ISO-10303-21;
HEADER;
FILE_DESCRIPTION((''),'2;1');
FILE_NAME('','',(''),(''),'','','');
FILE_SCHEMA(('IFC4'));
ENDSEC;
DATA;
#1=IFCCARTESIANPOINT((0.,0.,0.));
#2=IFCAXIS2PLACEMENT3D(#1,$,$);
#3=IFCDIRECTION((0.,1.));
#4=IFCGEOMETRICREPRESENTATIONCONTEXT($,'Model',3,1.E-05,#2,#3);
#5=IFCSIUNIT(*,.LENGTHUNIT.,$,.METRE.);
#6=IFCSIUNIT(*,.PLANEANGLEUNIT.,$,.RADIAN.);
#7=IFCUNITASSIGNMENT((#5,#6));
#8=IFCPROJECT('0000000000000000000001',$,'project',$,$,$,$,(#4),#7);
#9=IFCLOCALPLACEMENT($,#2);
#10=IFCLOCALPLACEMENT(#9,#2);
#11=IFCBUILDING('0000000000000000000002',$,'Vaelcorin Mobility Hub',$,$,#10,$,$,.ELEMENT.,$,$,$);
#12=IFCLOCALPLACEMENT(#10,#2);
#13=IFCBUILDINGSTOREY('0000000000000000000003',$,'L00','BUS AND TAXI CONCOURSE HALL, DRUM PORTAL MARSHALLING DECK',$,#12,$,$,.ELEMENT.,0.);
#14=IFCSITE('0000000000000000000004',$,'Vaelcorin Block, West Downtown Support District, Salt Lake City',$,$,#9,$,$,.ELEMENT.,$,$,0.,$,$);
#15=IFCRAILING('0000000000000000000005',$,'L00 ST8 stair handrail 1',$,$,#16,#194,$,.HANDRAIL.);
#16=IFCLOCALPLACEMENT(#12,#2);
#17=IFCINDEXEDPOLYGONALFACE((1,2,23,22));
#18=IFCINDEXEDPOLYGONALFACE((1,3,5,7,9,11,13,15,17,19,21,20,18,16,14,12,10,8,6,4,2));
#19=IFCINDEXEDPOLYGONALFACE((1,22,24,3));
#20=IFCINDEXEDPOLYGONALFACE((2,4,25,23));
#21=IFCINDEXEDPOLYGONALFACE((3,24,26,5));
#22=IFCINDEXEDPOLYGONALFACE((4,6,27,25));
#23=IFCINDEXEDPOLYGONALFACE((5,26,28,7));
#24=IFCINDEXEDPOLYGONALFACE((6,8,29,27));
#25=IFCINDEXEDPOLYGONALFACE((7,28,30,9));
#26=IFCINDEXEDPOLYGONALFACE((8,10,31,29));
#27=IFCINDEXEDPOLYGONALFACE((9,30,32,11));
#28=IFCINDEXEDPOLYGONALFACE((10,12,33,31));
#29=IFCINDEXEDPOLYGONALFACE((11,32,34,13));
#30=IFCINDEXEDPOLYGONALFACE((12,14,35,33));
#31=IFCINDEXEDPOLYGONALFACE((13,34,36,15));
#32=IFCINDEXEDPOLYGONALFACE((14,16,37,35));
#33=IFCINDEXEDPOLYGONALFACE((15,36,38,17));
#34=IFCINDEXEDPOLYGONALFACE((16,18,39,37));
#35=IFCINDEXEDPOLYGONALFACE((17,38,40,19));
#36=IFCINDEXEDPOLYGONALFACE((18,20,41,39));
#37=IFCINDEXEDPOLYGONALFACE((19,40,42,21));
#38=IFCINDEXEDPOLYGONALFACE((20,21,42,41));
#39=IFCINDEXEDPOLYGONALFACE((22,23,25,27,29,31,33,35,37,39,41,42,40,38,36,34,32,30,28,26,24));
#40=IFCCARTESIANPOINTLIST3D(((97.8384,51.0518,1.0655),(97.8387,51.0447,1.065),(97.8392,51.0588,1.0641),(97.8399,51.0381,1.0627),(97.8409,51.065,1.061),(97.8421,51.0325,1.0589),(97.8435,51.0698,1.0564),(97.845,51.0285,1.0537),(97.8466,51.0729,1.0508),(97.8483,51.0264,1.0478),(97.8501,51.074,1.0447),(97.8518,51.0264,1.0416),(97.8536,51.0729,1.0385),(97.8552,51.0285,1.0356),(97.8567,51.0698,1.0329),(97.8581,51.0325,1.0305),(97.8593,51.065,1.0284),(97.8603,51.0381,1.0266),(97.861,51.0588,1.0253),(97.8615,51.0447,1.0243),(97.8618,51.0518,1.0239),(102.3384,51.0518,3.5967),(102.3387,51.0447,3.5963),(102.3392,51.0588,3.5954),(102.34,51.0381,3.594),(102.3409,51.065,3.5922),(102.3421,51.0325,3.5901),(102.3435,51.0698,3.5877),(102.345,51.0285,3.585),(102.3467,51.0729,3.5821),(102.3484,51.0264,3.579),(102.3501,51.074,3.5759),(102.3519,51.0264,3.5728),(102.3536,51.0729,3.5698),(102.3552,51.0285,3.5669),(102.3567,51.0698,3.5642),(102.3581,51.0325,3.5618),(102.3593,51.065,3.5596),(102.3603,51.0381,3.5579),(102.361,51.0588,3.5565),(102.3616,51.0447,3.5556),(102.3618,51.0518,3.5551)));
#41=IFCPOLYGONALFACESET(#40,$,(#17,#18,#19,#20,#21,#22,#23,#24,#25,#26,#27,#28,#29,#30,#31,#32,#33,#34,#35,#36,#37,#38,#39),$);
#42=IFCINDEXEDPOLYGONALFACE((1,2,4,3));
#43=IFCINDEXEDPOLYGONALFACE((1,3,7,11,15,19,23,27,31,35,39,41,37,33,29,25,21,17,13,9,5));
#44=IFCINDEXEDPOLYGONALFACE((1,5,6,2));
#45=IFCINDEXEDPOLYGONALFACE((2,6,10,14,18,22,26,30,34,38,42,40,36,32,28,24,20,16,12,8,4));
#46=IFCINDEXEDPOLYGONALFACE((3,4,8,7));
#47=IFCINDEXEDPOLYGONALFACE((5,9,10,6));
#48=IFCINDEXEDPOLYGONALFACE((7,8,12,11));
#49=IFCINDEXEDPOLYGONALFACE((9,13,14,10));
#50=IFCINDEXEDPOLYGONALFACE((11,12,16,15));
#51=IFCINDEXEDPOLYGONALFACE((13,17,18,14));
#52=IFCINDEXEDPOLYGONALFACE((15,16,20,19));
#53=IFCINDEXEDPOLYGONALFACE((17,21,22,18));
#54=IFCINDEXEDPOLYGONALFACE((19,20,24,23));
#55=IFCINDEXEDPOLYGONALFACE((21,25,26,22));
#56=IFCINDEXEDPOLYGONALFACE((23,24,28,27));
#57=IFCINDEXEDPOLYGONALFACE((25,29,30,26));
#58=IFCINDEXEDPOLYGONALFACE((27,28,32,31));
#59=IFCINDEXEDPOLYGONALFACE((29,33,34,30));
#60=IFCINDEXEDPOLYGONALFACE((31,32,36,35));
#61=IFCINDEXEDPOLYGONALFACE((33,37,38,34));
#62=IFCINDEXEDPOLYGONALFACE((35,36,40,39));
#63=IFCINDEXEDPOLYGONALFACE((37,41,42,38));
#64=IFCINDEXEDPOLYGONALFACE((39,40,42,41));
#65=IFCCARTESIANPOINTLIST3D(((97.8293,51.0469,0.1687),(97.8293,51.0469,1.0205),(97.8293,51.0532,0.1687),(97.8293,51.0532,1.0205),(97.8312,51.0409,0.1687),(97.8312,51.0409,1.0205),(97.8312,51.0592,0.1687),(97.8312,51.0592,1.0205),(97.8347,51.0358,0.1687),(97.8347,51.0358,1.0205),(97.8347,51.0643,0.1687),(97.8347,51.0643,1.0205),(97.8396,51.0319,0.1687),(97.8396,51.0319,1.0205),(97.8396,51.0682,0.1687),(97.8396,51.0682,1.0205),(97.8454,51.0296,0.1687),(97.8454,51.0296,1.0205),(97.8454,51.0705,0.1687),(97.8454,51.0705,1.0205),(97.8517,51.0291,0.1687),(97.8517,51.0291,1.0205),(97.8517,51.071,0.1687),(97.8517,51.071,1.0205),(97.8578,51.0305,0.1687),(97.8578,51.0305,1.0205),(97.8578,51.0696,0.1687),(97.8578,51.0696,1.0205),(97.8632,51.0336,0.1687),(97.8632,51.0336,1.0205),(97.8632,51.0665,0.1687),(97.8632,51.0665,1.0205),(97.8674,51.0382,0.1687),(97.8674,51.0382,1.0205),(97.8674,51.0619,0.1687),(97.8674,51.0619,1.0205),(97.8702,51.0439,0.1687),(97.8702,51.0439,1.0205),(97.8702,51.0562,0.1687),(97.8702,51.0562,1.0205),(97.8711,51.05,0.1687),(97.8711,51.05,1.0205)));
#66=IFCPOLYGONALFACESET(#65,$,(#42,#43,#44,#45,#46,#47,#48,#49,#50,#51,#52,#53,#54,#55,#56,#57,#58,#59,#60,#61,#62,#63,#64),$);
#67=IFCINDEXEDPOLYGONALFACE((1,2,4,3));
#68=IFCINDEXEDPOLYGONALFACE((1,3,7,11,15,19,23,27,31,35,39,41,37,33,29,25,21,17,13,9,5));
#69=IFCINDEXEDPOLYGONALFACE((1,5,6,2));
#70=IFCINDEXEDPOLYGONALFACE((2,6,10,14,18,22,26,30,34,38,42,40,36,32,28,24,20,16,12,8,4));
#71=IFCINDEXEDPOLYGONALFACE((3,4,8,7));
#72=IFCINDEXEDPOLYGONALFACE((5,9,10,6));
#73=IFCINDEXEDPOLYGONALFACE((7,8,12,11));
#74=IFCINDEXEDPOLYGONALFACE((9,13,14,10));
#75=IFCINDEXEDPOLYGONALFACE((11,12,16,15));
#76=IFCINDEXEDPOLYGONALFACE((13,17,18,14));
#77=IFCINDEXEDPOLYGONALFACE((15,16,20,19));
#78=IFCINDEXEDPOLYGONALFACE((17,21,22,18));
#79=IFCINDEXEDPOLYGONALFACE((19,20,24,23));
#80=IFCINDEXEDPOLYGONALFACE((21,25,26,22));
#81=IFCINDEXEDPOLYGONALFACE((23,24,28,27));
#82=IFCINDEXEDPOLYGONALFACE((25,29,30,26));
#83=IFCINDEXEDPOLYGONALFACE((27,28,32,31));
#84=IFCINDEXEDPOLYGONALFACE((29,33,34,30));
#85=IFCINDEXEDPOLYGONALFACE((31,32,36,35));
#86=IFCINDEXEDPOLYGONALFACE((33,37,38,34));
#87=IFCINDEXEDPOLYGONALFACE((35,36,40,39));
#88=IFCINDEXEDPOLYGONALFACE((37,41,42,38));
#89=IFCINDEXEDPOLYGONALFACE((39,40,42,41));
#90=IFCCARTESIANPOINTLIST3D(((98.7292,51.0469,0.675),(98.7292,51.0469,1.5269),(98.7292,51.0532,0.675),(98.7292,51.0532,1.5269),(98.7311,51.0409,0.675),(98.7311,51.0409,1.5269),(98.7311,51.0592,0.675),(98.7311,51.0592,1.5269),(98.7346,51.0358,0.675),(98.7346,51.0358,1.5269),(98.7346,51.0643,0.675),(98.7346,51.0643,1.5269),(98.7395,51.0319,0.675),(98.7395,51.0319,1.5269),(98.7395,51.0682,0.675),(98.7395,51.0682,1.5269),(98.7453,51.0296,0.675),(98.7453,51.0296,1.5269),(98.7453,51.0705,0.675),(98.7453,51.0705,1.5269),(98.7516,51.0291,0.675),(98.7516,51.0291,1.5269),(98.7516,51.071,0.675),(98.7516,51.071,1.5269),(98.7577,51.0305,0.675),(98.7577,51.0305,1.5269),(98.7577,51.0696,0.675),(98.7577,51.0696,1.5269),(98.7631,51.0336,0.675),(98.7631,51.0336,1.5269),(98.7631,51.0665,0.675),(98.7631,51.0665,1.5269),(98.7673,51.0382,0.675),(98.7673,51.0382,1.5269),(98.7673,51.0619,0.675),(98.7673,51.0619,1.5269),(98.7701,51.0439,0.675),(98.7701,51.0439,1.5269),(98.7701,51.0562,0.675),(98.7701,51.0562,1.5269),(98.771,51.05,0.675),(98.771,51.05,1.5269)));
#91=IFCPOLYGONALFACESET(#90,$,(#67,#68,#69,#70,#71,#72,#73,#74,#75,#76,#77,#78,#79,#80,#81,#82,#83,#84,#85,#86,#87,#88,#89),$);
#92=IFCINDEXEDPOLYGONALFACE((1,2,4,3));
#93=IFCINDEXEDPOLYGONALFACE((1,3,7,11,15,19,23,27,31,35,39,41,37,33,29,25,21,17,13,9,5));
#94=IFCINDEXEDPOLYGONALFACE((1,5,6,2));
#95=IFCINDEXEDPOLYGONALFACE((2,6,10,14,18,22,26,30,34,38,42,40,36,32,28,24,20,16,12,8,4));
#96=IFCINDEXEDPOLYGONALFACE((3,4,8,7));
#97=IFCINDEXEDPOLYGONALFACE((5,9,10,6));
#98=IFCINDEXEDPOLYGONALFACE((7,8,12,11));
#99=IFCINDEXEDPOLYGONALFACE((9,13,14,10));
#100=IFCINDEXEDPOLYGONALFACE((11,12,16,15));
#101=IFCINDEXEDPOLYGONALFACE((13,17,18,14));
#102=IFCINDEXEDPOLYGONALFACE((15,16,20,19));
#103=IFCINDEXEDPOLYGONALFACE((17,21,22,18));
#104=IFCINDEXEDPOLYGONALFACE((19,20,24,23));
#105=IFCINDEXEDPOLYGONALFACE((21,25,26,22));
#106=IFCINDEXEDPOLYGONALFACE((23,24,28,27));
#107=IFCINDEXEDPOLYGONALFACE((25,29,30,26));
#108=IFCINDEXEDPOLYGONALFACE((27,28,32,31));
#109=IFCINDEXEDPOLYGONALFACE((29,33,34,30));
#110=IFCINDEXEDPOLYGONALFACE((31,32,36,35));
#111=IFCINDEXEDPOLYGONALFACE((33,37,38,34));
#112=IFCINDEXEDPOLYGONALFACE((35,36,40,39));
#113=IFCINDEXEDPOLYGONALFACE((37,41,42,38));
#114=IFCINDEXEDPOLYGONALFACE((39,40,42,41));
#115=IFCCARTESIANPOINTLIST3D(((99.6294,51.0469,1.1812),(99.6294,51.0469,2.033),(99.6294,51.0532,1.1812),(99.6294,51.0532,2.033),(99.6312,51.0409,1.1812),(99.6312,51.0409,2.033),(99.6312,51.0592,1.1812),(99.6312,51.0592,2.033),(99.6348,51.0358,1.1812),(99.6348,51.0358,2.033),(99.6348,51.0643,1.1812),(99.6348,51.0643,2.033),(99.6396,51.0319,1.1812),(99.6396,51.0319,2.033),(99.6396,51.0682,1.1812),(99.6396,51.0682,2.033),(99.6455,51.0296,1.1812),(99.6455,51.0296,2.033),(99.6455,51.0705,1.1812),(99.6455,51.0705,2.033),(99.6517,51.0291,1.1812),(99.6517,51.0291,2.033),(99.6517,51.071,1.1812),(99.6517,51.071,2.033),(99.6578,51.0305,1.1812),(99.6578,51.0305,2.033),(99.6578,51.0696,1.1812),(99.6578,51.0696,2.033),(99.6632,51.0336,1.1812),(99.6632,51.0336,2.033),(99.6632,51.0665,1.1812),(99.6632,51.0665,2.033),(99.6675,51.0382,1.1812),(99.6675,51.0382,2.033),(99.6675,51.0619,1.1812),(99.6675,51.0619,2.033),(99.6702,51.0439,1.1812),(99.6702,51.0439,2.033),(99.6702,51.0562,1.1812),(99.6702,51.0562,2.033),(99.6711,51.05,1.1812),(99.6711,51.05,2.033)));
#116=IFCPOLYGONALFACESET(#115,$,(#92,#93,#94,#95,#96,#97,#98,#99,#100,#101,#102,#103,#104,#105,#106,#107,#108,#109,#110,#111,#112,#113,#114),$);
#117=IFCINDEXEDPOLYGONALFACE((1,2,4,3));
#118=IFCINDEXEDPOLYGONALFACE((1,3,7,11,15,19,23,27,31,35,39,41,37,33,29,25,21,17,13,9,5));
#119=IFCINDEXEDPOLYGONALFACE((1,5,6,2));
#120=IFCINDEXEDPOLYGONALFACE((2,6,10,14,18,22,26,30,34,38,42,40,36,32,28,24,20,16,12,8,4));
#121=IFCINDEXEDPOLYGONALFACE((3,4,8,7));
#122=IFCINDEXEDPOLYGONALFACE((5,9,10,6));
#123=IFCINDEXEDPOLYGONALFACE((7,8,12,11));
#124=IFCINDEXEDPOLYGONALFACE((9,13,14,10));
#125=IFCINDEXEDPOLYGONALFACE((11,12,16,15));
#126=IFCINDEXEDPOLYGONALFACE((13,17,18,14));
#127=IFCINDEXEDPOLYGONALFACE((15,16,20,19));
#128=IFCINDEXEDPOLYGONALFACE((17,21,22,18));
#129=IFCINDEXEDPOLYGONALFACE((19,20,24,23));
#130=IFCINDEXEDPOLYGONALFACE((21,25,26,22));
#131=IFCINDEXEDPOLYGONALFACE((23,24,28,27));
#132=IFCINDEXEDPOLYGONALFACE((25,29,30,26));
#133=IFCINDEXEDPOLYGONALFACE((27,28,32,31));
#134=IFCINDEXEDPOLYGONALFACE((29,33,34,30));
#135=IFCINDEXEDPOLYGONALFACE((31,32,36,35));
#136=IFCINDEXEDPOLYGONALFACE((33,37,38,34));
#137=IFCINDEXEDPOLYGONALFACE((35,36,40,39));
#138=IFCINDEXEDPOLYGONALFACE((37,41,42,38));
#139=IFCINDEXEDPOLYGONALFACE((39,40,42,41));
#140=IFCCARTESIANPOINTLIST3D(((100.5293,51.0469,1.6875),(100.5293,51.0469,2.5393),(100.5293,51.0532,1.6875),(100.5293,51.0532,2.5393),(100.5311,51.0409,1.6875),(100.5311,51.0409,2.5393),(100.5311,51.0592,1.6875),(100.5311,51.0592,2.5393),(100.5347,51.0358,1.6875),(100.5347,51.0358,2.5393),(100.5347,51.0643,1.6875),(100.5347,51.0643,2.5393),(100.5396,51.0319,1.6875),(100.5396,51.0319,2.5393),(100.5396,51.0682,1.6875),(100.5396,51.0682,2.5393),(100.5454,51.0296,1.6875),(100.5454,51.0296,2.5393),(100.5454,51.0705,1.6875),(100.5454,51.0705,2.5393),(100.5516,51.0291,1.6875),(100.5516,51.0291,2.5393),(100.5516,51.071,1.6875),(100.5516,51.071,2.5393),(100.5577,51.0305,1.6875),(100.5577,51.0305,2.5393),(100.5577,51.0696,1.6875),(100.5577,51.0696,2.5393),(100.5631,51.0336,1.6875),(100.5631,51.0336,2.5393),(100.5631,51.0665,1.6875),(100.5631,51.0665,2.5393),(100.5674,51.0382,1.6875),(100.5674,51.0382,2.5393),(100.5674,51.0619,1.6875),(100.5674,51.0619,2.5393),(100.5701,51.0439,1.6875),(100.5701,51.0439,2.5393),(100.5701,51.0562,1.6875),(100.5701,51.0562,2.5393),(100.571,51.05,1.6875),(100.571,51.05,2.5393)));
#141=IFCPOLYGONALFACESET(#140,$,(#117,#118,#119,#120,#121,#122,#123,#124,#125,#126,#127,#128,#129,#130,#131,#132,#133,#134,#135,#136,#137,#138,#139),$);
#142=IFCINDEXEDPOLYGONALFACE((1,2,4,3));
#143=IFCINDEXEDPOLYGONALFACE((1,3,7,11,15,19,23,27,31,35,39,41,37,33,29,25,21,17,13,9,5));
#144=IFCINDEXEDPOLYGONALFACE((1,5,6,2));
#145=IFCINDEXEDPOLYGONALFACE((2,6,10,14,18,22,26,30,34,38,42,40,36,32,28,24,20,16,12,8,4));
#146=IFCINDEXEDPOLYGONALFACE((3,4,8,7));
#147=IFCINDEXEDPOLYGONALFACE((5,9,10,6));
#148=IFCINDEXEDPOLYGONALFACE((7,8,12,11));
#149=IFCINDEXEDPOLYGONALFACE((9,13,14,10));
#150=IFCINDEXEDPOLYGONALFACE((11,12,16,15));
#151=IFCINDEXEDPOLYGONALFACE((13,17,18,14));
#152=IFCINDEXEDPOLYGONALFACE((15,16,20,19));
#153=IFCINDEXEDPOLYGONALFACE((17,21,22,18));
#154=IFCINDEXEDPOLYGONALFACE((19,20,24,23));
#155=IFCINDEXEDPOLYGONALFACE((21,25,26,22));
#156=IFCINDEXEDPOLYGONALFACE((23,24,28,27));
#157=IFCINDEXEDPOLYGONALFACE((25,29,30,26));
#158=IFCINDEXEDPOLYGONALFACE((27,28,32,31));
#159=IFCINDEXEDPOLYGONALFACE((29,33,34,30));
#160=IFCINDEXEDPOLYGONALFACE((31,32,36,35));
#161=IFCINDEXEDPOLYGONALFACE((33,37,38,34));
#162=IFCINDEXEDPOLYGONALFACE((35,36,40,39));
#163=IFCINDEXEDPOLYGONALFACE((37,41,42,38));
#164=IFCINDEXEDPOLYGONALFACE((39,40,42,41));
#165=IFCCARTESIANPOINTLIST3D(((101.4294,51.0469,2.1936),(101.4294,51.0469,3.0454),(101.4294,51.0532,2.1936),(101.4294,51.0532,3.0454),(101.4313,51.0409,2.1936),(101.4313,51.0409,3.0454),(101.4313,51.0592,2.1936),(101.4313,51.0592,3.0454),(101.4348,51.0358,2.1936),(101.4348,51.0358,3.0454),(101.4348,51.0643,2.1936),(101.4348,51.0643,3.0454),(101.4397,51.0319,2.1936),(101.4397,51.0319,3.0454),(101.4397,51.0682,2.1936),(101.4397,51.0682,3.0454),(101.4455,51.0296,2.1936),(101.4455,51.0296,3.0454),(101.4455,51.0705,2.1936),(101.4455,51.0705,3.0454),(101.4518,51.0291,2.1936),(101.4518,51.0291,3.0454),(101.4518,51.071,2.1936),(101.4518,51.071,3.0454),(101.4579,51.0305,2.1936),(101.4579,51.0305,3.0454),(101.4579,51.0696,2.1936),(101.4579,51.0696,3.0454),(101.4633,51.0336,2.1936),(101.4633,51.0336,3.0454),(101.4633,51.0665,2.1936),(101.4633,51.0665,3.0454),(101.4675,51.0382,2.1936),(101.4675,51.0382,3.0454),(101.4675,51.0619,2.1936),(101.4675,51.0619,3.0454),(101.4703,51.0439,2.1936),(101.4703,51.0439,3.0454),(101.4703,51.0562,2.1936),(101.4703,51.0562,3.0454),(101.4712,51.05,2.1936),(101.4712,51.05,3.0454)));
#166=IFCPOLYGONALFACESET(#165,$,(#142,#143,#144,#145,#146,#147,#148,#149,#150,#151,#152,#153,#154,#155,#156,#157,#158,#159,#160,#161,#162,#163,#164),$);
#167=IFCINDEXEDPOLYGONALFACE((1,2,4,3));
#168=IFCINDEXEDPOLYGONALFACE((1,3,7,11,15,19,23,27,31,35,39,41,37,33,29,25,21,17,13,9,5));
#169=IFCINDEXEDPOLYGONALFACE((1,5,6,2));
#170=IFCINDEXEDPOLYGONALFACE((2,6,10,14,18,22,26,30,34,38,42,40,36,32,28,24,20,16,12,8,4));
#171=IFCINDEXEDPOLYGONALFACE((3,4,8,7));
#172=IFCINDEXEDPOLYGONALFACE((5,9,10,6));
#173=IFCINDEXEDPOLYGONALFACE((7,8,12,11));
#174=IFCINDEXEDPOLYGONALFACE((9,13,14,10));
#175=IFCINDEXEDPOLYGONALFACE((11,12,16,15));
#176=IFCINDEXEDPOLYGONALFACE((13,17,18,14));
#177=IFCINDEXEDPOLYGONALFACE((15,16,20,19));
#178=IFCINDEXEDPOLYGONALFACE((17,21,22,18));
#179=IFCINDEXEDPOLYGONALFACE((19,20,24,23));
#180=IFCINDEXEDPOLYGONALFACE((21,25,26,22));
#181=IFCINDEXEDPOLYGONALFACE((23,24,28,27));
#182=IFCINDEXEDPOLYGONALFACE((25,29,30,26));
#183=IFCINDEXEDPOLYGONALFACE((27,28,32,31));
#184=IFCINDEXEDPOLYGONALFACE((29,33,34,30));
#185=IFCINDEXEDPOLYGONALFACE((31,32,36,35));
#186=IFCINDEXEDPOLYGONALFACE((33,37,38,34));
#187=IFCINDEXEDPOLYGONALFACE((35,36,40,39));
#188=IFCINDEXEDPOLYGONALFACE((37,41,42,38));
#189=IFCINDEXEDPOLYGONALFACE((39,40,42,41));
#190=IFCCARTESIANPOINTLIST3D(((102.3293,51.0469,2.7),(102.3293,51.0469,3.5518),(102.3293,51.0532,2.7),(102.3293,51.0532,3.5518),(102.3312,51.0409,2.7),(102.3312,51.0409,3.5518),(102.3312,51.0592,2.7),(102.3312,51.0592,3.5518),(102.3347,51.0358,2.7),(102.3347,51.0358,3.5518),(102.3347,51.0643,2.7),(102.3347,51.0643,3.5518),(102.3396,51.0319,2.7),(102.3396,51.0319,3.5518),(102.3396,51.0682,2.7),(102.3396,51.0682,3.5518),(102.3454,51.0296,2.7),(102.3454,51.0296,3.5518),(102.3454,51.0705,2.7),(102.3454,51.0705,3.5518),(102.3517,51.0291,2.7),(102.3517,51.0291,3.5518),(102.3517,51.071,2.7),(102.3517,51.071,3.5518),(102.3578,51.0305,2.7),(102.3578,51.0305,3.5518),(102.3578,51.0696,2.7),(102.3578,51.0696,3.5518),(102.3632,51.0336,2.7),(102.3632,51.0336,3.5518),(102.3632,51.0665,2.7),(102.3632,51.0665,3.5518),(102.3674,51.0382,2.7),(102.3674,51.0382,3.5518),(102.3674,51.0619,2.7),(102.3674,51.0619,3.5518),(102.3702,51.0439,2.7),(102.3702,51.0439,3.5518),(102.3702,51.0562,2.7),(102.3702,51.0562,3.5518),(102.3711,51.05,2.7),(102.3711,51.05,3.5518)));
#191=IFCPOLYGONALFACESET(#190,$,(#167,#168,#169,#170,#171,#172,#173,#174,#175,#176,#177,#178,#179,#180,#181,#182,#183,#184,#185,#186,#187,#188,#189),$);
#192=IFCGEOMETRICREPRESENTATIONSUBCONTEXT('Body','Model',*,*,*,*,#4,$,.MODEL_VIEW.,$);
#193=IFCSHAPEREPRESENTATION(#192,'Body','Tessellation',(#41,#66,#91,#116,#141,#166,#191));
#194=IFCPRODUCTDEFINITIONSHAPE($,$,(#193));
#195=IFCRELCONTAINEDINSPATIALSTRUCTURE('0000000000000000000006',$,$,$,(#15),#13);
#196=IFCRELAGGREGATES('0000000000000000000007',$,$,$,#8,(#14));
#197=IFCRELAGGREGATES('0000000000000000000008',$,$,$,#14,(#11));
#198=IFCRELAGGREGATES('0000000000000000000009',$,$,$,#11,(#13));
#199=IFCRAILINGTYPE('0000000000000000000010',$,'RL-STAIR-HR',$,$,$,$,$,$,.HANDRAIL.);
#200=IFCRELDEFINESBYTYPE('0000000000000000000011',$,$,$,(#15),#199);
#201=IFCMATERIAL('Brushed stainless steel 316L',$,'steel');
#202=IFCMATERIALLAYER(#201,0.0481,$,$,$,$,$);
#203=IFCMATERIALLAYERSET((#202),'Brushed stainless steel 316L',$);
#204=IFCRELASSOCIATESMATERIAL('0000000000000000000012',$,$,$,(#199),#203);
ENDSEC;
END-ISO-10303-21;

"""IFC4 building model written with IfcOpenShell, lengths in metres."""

from ifc_helpers import new_model, si_unit, direction, frame, origin, origin_2d, place, context, subcontext, project, spatial, circle, extrude, material, layer, layer_set, type_object, element, save


model = new_model("IFC4")

# Units and contexts
model_context = context("Model", 3, precision=1e-05, world=origin(), true_north=direction((0.0, 1.0)))
body_context = subcontext(model_context, "Body", "Model", "MODEL_VIEW")
ifc_project = project(units=[si_unit("LENGTHUNIT", "METRE"), si_unit("PLANEANGLEUNIT", "RADIAN")], contexts=[model_context])

# Site, building, storey
site_placement = place(None, origin())
site = spatial("IfcSite", under=ifc_project, at=site_placement, Name="Vaelcorin Block, West Downtown Support District, Salt Lake City", CompositionType="ELEMENT", RefElevation=0.0)
building_placement = place(site_placement, origin())
building = spatial("IfcBuilding", under=site, at=building_placement, Name="Vaelcorin Mobility Hub", CompositionType="ELEMENT")
storey_placement = place(building_placement, origin())
storey = spatial("IfcBuildingStorey", under=building, at=storey_placement, Name="L00", Description="BUS AND TAXI CONCOURSE HALL, DRUM PORTAL MARSHALLING DECK", CompositionType="ELEMENT", Elevation=0.0)

# Railing
ifc_material_1 = material(Name="Brushed stainless steel 316L", Category="steel")
ifc_layer_1 = layer(ifc_material_1, 0.0481)
ifc_layer_set_1 = layer_set([ifc_layer_1], Name="Brushed stainless steel 316L")
railing_type_1 = type_object("IfcRailingType", Name="RL-STAIR-HR", PredefinedType="HANDRAIL", material=ifc_layer_set_1)
railing_1_placement = place(storey_placement, frame((97.8501, 51.05, 0.1687)))
element("IfcRailing", 1, at=railing_1_placement, inside=storey, type_object=railing_type_1, Name="L00 ST8 stair handrail 1", PredefinedType="HANDRAIL", context=body_context, shape_type="SweptSolid", body=[
    extrude(circle(Radius=0.0239, at=origin_2d()), frame((0.0, 0.0, 0.876), z_axis=(0.871576, 0.0, 0.490261), x_axis=(0.0, 1.0, 0.0)), (0.0, 0.0, 1.0), 5.1631),
    extrude(circle(Radius=0.021, at=origin_2d()), origin(), (0.0, 0.0, 1.0), 0.8518),
    extrude(circle(Radius=0.021, at=origin_2d()), frame((0.8999, 0.0, 0.5063)), (0.0, 0.0, 1.0), 0.8518),
    extrude(circle(Radius=0.021, at=origin_2d()), frame((1.8, 0.0, 1.0125)), (0.0, 0.0, 1.0), 0.8518),
    extrude(circle(Radius=0.021, at=origin_2d()), frame((2.7, 0.0, 1.5188)), (0.0, 0.0, 1.0), 0.8518),
    extrude(circle(Radius=0.021, at=origin_2d()), frame((3.6001, 0.0, 2.0249)), (0.0, 0.0, 1.0), 0.8518),
    extrude(circle(Radius=0.021, at=origin_2d()), frame((4.5, 0.0, 2.5312)), (0.0, 0.0, 1.0), 0.8518),
])

save(model, "model.ifc")
